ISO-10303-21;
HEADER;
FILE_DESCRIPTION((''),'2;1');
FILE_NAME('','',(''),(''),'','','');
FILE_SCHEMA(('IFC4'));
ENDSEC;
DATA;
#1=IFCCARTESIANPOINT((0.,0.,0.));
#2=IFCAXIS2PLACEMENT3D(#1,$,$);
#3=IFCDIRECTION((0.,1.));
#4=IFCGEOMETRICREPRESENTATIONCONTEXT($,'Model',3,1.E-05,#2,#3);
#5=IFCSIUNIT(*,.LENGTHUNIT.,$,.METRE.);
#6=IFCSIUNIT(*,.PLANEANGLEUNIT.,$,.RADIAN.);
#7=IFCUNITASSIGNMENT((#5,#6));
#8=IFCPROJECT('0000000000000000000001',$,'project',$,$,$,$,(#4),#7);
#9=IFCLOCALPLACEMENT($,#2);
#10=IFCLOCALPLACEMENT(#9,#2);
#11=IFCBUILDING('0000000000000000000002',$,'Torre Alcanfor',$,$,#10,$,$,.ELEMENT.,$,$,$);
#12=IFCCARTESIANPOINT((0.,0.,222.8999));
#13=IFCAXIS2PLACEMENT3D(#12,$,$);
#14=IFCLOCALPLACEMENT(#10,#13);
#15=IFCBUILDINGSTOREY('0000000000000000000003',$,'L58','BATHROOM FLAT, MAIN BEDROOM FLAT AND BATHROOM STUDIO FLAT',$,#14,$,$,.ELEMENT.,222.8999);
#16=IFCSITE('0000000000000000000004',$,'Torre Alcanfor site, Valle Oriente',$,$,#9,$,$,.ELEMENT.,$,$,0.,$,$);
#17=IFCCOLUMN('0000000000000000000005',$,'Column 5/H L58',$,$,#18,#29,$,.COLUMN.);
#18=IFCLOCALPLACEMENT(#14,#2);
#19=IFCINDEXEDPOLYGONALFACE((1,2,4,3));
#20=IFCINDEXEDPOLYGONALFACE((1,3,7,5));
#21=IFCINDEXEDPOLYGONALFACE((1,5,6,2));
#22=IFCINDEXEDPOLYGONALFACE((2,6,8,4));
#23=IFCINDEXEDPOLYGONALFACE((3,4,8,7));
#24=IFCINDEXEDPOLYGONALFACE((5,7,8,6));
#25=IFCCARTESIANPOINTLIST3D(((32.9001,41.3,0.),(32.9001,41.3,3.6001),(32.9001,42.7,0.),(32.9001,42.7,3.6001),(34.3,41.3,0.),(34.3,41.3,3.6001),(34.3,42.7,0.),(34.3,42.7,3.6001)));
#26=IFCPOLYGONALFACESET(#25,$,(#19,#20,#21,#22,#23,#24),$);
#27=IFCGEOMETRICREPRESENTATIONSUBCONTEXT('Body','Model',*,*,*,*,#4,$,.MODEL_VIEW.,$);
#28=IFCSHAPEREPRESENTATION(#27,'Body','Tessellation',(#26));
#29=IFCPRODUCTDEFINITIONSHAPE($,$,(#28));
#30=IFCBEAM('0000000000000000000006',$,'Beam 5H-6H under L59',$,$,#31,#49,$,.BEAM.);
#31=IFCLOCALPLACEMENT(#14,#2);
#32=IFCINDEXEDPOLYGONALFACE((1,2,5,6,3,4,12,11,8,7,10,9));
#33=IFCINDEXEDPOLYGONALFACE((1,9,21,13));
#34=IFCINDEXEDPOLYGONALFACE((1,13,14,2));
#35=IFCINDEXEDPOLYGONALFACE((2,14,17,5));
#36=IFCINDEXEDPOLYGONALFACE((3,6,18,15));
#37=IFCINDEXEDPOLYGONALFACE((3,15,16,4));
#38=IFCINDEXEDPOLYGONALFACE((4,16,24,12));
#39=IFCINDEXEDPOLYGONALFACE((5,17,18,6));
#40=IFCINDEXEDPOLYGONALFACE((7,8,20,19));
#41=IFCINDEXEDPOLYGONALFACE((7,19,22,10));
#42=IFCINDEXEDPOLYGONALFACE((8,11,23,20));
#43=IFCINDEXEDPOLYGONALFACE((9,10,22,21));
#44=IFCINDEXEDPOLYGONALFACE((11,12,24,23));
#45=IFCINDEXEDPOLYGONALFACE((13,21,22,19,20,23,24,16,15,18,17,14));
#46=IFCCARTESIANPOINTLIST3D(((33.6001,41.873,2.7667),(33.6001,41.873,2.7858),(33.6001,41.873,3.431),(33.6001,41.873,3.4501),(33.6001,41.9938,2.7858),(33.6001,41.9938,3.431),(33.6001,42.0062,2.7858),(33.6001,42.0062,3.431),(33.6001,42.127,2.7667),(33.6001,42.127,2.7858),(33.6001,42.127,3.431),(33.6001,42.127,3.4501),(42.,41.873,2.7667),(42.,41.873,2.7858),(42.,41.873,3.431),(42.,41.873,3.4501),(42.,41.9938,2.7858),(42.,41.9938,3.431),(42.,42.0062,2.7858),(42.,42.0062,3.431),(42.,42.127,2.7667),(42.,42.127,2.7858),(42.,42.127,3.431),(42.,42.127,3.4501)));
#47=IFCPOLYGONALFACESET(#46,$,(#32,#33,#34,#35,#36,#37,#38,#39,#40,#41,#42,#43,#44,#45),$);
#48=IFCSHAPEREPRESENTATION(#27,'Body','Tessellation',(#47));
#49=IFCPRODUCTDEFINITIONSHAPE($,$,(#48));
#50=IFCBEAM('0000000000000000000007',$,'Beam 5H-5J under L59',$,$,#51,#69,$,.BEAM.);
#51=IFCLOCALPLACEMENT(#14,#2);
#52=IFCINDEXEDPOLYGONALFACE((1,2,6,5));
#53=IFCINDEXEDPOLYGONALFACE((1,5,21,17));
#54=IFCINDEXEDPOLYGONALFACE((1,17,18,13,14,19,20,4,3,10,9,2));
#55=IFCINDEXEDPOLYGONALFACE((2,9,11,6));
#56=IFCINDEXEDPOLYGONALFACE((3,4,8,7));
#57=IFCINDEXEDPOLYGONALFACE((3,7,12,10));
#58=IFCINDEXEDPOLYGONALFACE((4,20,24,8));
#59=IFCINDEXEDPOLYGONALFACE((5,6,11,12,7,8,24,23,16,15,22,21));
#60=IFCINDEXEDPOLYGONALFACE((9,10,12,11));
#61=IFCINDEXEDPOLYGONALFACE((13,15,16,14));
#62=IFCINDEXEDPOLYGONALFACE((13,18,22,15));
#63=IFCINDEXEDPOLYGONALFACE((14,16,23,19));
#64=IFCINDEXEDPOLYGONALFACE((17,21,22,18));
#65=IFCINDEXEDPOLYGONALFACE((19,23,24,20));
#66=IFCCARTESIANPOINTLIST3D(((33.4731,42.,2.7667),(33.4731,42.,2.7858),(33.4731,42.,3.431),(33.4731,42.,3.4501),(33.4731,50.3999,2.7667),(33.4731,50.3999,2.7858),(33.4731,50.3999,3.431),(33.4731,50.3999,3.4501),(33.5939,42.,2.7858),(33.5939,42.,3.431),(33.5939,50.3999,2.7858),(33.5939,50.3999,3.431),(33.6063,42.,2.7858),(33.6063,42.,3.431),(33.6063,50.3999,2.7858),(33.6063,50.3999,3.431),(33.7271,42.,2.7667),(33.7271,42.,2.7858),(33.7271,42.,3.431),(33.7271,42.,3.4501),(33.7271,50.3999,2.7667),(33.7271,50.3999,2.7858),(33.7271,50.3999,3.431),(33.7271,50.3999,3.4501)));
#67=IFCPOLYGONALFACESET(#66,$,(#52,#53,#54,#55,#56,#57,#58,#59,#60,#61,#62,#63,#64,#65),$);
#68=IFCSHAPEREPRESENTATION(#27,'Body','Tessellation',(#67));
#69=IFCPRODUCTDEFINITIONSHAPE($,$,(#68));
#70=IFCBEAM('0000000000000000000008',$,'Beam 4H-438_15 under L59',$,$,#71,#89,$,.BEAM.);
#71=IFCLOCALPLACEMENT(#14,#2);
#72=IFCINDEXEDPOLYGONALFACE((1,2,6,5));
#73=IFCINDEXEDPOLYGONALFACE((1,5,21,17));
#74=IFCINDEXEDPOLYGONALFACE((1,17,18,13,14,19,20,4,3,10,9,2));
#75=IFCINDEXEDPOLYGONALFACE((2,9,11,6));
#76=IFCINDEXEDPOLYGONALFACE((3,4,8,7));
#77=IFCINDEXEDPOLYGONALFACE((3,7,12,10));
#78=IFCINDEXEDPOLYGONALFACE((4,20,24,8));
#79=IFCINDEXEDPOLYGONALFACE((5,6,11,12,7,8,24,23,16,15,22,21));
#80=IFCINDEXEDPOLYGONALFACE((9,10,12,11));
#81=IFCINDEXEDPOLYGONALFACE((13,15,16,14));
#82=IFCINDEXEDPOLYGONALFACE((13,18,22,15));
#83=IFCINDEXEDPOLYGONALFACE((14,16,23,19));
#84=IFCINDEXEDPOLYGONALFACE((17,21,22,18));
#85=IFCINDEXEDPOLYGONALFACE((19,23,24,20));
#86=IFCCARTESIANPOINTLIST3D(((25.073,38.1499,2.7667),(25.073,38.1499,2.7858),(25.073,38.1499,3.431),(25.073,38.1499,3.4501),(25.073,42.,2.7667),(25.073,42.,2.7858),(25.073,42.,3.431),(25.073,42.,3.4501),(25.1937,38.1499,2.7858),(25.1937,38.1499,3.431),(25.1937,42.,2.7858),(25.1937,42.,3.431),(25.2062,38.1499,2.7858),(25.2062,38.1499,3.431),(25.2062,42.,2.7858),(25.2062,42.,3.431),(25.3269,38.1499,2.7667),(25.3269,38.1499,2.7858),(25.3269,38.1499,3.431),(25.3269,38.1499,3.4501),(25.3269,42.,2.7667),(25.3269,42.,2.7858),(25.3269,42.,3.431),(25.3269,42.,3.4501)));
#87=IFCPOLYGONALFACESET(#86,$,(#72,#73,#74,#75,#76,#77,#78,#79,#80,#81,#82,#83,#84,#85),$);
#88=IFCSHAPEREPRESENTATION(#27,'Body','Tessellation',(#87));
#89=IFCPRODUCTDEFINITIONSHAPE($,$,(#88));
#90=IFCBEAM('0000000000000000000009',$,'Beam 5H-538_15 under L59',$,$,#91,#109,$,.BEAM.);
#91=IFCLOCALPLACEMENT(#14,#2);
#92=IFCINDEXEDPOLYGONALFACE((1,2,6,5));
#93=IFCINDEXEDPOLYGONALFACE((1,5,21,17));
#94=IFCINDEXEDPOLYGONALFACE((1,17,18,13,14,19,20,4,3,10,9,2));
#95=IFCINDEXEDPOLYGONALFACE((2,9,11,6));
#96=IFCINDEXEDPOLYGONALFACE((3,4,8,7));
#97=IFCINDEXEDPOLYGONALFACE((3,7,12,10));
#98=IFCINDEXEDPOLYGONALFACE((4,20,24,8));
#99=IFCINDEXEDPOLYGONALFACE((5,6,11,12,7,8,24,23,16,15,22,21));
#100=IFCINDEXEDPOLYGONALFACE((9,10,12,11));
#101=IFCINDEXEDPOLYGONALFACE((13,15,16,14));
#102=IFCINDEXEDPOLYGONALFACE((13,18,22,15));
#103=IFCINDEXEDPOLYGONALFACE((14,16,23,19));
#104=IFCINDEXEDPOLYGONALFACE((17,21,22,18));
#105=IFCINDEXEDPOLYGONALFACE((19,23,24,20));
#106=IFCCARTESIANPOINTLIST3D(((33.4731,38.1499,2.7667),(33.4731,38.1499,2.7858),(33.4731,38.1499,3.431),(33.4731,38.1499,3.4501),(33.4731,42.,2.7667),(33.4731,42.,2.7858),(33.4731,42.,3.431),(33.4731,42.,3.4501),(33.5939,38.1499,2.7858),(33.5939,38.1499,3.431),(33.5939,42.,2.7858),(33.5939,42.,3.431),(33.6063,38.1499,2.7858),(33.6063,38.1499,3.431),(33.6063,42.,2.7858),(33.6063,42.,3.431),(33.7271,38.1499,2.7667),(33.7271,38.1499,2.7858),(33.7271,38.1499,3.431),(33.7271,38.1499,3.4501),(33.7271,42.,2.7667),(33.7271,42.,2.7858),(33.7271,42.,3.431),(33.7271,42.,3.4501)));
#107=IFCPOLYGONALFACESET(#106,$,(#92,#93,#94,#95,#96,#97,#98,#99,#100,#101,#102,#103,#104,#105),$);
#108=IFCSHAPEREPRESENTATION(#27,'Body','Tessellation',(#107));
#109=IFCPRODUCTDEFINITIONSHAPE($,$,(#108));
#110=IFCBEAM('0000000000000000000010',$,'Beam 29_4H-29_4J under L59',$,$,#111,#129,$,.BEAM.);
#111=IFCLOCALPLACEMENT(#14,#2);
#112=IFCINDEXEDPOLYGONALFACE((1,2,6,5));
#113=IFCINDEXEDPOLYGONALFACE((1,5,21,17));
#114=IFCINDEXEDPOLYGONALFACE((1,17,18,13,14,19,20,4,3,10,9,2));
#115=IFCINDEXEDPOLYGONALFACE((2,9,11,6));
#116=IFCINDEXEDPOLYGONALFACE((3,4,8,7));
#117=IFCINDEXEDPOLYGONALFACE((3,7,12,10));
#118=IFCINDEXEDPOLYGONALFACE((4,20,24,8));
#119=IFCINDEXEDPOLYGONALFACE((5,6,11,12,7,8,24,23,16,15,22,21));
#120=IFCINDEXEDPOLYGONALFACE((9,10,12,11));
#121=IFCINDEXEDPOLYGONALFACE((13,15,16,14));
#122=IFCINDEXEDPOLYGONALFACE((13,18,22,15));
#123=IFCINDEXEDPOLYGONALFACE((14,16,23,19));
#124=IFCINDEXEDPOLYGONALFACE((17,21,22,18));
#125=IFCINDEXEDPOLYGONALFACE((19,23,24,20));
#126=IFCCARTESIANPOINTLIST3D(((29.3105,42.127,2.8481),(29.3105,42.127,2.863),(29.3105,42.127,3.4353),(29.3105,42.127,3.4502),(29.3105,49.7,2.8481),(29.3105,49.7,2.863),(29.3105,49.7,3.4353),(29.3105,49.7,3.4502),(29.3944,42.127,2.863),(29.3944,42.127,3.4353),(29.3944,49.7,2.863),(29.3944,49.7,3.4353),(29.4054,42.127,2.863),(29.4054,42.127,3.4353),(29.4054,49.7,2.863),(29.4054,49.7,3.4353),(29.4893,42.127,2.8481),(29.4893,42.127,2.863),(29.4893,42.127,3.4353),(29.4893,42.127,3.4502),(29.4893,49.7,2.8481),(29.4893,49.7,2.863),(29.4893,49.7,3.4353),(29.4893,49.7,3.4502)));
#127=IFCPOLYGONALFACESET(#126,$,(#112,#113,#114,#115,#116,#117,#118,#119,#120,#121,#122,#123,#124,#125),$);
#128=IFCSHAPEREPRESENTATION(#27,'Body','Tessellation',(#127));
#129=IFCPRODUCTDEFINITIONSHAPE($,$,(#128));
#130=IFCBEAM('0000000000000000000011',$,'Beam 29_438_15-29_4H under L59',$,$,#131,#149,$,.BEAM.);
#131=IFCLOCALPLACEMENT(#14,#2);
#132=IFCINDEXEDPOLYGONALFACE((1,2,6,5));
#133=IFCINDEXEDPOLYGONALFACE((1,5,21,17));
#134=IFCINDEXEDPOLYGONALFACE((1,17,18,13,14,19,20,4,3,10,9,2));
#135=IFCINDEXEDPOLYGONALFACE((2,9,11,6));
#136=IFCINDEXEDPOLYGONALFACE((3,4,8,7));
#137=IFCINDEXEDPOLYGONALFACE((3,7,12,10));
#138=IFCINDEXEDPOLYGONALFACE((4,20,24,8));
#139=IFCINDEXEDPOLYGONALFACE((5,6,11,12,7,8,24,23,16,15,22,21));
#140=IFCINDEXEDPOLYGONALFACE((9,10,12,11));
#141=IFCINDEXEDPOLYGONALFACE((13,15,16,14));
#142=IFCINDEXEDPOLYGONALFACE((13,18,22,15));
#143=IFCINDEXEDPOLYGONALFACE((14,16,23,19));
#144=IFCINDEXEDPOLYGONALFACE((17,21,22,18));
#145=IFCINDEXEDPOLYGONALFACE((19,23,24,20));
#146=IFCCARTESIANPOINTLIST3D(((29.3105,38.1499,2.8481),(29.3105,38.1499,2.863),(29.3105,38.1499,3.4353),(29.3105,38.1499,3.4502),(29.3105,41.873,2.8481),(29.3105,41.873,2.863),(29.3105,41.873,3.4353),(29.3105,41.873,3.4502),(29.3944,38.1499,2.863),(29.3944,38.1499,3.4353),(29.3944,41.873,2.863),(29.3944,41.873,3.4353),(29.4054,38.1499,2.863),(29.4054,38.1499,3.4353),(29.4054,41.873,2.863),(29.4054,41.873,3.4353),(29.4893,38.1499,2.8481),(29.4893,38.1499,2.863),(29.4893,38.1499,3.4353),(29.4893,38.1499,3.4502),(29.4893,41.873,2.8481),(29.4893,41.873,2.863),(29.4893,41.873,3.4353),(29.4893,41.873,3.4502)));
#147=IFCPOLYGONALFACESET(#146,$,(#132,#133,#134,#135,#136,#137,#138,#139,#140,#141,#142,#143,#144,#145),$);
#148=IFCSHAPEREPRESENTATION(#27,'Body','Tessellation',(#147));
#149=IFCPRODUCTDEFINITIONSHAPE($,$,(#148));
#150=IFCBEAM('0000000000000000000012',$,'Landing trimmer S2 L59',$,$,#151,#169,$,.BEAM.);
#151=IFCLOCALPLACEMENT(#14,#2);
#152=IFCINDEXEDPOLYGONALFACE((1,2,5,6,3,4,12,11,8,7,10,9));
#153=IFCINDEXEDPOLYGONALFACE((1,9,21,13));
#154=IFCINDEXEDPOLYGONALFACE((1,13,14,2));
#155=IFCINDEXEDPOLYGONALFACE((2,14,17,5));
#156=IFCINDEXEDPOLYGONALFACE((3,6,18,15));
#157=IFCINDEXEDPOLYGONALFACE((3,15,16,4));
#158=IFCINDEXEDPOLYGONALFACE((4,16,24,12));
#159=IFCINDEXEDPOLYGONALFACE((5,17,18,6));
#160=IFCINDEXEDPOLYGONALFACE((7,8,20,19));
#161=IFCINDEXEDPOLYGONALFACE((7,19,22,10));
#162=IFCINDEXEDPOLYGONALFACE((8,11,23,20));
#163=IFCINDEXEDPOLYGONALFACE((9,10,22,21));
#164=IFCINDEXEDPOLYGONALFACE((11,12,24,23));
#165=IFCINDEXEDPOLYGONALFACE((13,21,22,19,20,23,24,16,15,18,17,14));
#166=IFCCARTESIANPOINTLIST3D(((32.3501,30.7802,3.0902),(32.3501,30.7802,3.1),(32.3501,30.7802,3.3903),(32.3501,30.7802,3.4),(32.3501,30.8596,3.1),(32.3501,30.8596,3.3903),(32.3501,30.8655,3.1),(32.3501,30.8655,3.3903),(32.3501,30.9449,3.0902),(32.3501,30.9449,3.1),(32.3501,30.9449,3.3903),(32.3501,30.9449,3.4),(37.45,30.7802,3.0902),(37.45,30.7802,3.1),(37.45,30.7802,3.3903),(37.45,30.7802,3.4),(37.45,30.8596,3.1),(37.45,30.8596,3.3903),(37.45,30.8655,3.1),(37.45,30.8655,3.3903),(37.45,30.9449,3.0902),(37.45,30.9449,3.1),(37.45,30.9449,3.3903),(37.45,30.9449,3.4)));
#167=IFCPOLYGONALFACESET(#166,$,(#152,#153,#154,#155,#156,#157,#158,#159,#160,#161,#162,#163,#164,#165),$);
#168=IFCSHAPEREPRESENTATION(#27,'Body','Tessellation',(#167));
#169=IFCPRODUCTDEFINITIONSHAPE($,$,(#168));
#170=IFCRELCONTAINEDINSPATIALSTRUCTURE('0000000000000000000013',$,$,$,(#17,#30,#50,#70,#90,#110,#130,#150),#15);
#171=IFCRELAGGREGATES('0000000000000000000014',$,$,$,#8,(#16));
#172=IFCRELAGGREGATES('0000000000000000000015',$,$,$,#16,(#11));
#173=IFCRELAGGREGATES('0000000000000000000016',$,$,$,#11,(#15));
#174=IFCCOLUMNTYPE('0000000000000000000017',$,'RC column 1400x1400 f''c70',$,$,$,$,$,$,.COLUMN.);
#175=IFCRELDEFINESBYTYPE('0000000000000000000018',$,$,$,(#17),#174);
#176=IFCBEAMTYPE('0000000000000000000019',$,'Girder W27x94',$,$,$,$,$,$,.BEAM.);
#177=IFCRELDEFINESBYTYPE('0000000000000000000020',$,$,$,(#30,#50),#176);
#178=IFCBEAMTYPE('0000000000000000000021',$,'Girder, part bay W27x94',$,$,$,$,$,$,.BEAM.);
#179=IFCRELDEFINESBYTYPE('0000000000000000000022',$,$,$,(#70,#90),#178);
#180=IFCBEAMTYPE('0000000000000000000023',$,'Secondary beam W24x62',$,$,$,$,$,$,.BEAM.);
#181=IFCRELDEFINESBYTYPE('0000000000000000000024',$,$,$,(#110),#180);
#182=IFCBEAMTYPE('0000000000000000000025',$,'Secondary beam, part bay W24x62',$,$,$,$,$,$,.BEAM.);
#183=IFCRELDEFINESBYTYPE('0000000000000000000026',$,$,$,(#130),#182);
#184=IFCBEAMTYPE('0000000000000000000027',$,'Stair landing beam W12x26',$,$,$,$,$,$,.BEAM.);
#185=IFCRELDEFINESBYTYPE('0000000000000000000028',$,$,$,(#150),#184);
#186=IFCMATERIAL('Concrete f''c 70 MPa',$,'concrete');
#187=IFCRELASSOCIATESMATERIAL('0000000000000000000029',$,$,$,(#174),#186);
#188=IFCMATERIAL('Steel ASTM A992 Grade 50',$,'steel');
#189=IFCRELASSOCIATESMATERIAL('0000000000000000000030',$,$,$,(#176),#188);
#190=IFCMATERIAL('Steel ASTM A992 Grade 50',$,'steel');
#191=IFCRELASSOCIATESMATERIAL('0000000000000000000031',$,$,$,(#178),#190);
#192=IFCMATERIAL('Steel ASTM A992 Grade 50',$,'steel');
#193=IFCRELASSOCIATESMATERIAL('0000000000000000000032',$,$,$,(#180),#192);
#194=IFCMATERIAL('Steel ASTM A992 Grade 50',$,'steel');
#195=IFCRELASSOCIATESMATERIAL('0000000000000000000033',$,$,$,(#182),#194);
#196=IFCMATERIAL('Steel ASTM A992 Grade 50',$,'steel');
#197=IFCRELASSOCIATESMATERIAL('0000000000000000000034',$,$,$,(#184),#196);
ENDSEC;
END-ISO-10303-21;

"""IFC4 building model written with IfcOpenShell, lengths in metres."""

from ifc_helpers import new_model, si_unit, direction, frame, origin, origin_2d, place, context, subcontext, project, spatial, rectangle, i_section, extrude, material, material_profile, profile_set, type_object, element, save


model = new_model("IFC4")

# Units and contexts
model_context = context("Model", 3, precision=1e-05, world=origin(), true_north=direction((0.0, 1.0)))
body_context = subcontext(model_context, "Body", "Model", "MODEL_VIEW")
ifc_project = project(units=[si_unit("LENGTHUNIT", "METRE"), si_unit("PLANEANGLEUNIT", "RADIAN")], contexts=[model_context])

# Site, building, storey
site_placement = place(None, origin())
site = spatial("IfcSite", under=ifc_project, at=site_placement, Name="Torre Alcanfor site, Valle Oriente", CompositionType="ELEMENT", RefElevation=0.0)
building_placement = place(site_placement, origin())
building = spatial("IfcBuilding", under=site, at=building_placement, Name="Torre Alcanfor", CompositionType="ELEMENT")
storey_placement = place(building_placement, frame((0.0, 0.0, 222.8999)))
storey = spatial("IfcBuildingStorey", under=building, at=storey_placement, Name="L58", Description="BATHROOM FLAT, MAIN BEDROOM FLAT AND BATHROOM STUDIO FLAT", CompositionType="ELEMENT", Elevation=222.8999)

# Column
ifc_material_1 = material(Name="Concrete f'c 70 MPa", Category="concrete")
ifc_material_profile_1 = material_profile(ifc_material_1, rectangle(XDim=1.3999, YDim=1.3999, at=origin_2d()), Name="1400x1400")
ifc_profile_set_1 = profile_set([ifc_material_profile_1], Name="Concrete f'c 70 MPa")
column_type = type_object("IfcColumnType", Name="RC column 1400x1400 f'c70", PredefinedType="COLUMN", material=ifc_profile_set_1)
column_placement = place(storey_placement, frame((33.6001, 42.0, 0.0), z_axis=(0.0, 0.0, 1.0), x_axis=(1.0, 0.0, 0.0)))
element("IfcColumn", 1, at=column_placement, inside=storey, type_object=column_type, Name="Column 5/H L58", PredefinedType="COLUMN", context=body_context, shape_type="SweptSolid", body=[
    extrude(rectangle(XDim=1.3999, YDim=1.3999, at=origin_2d()), origin(), (0.0, 0.0, 1.0), 3.6001),
])

# Beams
ifc_material_2 = material(Name="Steel ASTM A992 Grade 50", Category="steel")
ifc_material_profile_2 = material_profile(ifc_material_2, i_section(OverallWidth=0.2539, OverallDepth=0.6833, WebThickness=0.0125, FlangeThickness=0.019, at=origin_2d()), Name="W27x94")
ifc_profile_set_2 = profile_set([ifc_material_profile_2], Name="Steel ASTM A992 Grade 50")
beam_type_1 = type_object("IfcBeamType", Name="Girder W27x94", PredefinedType="BEAM", material=ifc_profile_set_2)
for number, where, z_axis, x_axis, name in (
    (2, (33.6001, 42.0, 3.1084), (1.0, 0.0, 0.0), (0.0, 1.0, 0.0), "Beam 5H-6H under L59"),
    (3, (33.6001, 42.0, 3.1084), (0.0, 1.0, 0.0), (-1.0, 0.0, 0.0), "Beam 5H-5J under L59"),
):
    element("IfcBeam", number, at=place(storey_placement, frame(where, z_axis=z_axis, x_axis=x_axis)), inside=storey, type_object=beam_type_1, Name=name, PredefinedType="BEAM", context=body_context, shape_type="SweptSolid", body=[
        extrude(i_section(OverallWidth=0.2539, OverallDepth=0.6833, WebThickness=0.0125, FlangeThickness=0.019, at=origin_2d()), origin(), (0.0, 0.0, 1.0), 8.3999),
    ])
ifc_material_3 = material(Name="Steel ASTM A992 Grade 50", Category="steel")
ifc_material_profile_3 = material_profile(ifc_material_3, i_section(OverallWidth=0.2539, OverallDepth=0.6833, WebThickness=0.0125, FlangeThickness=0.019, at=origin_2d()), Name="W27x94")
ifc_profile_set_3 = profile_set([ifc_material_profile_3], Name="Steel ASTM A992 Grade 50")
beam_type_2 = type_object("IfcBeamType", Name="Girder, part bay W27x94", PredefinedType="BEAM", material=ifc_profile_set_3)
for number, where, z_axis, x_axis, name in (
    (4, (25.2, 42.0, 3.1084), (0.0, -1.0, 0.0), (1.0, 0.0, 0.0), "Beam 4H-438_15 under L59"),
    (5, (33.6001, 42.0, 3.1084), (0.0, -1.0, 0.0), (1.0, 0.0, 0.0), "Beam 5H-538_15 under L59"),
):
    element("IfcBeam", number, at=place(storey_placement, frame(where, z_axis=z_axis, x_axis=x_axis)), inside=storey, type_object=beam_type_2, Name=name, PredefinedType="BEAM", context=body_context, shape_type="SweptSolid", body=[
        extrude(i_section(OverallWidth=0.2539, OverallDepth=0.6833, WebThickness=0.0125, FlangeThickness=0.019, at=origin_2d()), origin(), (0.0, 0.0, 1.0), 3.8501),
    ])
ifc_material_4 = material(Name="Steel ASTM A992 Grade 50", Category="steel")
ifc_material_profile_4 = material_profile(ifc_material_4, i_section(OverallWidth=0.1787, OverallDepth=0.6021, WebThickness=0.011, FlangeThickness=0.0149, at=origin_2d()), Name="W24x62")
ifc_profile_set_4 = profile_set([ifc_material_profile_4], Name="Steel ASTM A992 Grade 50")
beam_type_3 = type_object("IfcBeamType", Name="Secondary beam W24x62", PredefinedType="BEAM", material=ifc_profile_set_4)
beam_1_placement = place(storey_placement, frame((29.3999, 42.127, 3.1492), z_axis=(0.0, 1.0, 0.0), x_axis=(-1.0, 0.0, 0.0)))
element("IfcBeam", 6, at=beam_1_placement, inside=storey, type_object=beam_type_3, Name="Beam 29_4H-29_4J under L59", PredefinedType="BEAM", context=body_context, shape_type="SweptSolid", body=[
    extrude(i_section(OverallWidth=0.1787, OverallDepth=0.6021, WebThickness=0.011, FlangeThickness=0.0149, at=origin_2d()), origin(), (0.0, 0.0, 1.0), 7.573),
])
ifc_material_5 = material(Name="Steel ASTM A992 Grade 50", Category="steel")
ifc_material_profile_5 = material_profile(ifc_material_5, i_section(OverallWidth=0.1787, OverallDepth=0.6021, WebThickness=0.011, FlangeThickness=0.0149, at=origin_2d()), Name="W24x62")
ifc_profile_set_5 = profile_set([ifc_material_profile_5], Name="Steel ASTM A992 Grade 50")
beam_type_4 = type_object("IfcBeamType", Name="Secondary beam, part bay W24x62", PredefinedType="BEAM", material=ifc_profile_set_5)
beam_2_placement = place(storey_placement, frame((29.3999, 38.1499, 3.1492), z_axis=(0.0, 1.0, 0.0), x_axis=(-1.0, 0.0, 0.0)))
element("IfcBeam", 7, at=beam_2_placement, inside=storey, type_object=beam_type_4, Name="Beam 29_438_15-29_4H under L59", PredefinedType="BEAM", context=body_context, shape_type="SweptSolid", body=[
    extrude(i_section(OverallWidth=0.1787, OverallDepth=0.6021, WebThickness=0.011, FlangeThickness=0.0149, at=origin_2d()), origin(), (0.0, 0.0, 1.0), 3.7231),
])
ifc_material_6 = material(Name="Steel ASTM A992 Grade 50", Category="steel")
ifc_material_profile_6 = material_profile(ifc_material_6, i_section(OverallWidth=0.1648, OverallDepth=0.3098, WebThickness=0.0059, FlangeThickness=0.0098, at=origin_2d()), Name="W12x26")
ifc_profile_set_6 = profile_set([ifc_material_profile_6], Name="Steel ASTM A992 Grade 50")
beam_type_5 = type_object("IfcBeamType", Name="Stair landing beam W12x26", PredefinedType="BEAM", material=ifc_profile_set_6)
beam_3_placement = place(storey_placement, frame((32.3501, 30.8625, 3.2451), z_axis=(1.0, 0.0, 0.0), x_axis=(0.0, 1.0, 0.0)))
element("IfcBeam", 8, at=beam_3_placement, inside=storey, type_object=beam_type_5, Name="Landing trimmer S2 L59", PredefinedType="BEAM", context=body_context, shape_type="SweptSolid", body=[
    extrude(i_section(OverallWidth=0.1648, OverallDepth=0.3098, WebThickness=0.0059, FlangeThickness=0.0098, at=origin_2d()), origin(), (0.0, 0.0, 1.0), 5.0999),
])

save(model, "model.ifc")
